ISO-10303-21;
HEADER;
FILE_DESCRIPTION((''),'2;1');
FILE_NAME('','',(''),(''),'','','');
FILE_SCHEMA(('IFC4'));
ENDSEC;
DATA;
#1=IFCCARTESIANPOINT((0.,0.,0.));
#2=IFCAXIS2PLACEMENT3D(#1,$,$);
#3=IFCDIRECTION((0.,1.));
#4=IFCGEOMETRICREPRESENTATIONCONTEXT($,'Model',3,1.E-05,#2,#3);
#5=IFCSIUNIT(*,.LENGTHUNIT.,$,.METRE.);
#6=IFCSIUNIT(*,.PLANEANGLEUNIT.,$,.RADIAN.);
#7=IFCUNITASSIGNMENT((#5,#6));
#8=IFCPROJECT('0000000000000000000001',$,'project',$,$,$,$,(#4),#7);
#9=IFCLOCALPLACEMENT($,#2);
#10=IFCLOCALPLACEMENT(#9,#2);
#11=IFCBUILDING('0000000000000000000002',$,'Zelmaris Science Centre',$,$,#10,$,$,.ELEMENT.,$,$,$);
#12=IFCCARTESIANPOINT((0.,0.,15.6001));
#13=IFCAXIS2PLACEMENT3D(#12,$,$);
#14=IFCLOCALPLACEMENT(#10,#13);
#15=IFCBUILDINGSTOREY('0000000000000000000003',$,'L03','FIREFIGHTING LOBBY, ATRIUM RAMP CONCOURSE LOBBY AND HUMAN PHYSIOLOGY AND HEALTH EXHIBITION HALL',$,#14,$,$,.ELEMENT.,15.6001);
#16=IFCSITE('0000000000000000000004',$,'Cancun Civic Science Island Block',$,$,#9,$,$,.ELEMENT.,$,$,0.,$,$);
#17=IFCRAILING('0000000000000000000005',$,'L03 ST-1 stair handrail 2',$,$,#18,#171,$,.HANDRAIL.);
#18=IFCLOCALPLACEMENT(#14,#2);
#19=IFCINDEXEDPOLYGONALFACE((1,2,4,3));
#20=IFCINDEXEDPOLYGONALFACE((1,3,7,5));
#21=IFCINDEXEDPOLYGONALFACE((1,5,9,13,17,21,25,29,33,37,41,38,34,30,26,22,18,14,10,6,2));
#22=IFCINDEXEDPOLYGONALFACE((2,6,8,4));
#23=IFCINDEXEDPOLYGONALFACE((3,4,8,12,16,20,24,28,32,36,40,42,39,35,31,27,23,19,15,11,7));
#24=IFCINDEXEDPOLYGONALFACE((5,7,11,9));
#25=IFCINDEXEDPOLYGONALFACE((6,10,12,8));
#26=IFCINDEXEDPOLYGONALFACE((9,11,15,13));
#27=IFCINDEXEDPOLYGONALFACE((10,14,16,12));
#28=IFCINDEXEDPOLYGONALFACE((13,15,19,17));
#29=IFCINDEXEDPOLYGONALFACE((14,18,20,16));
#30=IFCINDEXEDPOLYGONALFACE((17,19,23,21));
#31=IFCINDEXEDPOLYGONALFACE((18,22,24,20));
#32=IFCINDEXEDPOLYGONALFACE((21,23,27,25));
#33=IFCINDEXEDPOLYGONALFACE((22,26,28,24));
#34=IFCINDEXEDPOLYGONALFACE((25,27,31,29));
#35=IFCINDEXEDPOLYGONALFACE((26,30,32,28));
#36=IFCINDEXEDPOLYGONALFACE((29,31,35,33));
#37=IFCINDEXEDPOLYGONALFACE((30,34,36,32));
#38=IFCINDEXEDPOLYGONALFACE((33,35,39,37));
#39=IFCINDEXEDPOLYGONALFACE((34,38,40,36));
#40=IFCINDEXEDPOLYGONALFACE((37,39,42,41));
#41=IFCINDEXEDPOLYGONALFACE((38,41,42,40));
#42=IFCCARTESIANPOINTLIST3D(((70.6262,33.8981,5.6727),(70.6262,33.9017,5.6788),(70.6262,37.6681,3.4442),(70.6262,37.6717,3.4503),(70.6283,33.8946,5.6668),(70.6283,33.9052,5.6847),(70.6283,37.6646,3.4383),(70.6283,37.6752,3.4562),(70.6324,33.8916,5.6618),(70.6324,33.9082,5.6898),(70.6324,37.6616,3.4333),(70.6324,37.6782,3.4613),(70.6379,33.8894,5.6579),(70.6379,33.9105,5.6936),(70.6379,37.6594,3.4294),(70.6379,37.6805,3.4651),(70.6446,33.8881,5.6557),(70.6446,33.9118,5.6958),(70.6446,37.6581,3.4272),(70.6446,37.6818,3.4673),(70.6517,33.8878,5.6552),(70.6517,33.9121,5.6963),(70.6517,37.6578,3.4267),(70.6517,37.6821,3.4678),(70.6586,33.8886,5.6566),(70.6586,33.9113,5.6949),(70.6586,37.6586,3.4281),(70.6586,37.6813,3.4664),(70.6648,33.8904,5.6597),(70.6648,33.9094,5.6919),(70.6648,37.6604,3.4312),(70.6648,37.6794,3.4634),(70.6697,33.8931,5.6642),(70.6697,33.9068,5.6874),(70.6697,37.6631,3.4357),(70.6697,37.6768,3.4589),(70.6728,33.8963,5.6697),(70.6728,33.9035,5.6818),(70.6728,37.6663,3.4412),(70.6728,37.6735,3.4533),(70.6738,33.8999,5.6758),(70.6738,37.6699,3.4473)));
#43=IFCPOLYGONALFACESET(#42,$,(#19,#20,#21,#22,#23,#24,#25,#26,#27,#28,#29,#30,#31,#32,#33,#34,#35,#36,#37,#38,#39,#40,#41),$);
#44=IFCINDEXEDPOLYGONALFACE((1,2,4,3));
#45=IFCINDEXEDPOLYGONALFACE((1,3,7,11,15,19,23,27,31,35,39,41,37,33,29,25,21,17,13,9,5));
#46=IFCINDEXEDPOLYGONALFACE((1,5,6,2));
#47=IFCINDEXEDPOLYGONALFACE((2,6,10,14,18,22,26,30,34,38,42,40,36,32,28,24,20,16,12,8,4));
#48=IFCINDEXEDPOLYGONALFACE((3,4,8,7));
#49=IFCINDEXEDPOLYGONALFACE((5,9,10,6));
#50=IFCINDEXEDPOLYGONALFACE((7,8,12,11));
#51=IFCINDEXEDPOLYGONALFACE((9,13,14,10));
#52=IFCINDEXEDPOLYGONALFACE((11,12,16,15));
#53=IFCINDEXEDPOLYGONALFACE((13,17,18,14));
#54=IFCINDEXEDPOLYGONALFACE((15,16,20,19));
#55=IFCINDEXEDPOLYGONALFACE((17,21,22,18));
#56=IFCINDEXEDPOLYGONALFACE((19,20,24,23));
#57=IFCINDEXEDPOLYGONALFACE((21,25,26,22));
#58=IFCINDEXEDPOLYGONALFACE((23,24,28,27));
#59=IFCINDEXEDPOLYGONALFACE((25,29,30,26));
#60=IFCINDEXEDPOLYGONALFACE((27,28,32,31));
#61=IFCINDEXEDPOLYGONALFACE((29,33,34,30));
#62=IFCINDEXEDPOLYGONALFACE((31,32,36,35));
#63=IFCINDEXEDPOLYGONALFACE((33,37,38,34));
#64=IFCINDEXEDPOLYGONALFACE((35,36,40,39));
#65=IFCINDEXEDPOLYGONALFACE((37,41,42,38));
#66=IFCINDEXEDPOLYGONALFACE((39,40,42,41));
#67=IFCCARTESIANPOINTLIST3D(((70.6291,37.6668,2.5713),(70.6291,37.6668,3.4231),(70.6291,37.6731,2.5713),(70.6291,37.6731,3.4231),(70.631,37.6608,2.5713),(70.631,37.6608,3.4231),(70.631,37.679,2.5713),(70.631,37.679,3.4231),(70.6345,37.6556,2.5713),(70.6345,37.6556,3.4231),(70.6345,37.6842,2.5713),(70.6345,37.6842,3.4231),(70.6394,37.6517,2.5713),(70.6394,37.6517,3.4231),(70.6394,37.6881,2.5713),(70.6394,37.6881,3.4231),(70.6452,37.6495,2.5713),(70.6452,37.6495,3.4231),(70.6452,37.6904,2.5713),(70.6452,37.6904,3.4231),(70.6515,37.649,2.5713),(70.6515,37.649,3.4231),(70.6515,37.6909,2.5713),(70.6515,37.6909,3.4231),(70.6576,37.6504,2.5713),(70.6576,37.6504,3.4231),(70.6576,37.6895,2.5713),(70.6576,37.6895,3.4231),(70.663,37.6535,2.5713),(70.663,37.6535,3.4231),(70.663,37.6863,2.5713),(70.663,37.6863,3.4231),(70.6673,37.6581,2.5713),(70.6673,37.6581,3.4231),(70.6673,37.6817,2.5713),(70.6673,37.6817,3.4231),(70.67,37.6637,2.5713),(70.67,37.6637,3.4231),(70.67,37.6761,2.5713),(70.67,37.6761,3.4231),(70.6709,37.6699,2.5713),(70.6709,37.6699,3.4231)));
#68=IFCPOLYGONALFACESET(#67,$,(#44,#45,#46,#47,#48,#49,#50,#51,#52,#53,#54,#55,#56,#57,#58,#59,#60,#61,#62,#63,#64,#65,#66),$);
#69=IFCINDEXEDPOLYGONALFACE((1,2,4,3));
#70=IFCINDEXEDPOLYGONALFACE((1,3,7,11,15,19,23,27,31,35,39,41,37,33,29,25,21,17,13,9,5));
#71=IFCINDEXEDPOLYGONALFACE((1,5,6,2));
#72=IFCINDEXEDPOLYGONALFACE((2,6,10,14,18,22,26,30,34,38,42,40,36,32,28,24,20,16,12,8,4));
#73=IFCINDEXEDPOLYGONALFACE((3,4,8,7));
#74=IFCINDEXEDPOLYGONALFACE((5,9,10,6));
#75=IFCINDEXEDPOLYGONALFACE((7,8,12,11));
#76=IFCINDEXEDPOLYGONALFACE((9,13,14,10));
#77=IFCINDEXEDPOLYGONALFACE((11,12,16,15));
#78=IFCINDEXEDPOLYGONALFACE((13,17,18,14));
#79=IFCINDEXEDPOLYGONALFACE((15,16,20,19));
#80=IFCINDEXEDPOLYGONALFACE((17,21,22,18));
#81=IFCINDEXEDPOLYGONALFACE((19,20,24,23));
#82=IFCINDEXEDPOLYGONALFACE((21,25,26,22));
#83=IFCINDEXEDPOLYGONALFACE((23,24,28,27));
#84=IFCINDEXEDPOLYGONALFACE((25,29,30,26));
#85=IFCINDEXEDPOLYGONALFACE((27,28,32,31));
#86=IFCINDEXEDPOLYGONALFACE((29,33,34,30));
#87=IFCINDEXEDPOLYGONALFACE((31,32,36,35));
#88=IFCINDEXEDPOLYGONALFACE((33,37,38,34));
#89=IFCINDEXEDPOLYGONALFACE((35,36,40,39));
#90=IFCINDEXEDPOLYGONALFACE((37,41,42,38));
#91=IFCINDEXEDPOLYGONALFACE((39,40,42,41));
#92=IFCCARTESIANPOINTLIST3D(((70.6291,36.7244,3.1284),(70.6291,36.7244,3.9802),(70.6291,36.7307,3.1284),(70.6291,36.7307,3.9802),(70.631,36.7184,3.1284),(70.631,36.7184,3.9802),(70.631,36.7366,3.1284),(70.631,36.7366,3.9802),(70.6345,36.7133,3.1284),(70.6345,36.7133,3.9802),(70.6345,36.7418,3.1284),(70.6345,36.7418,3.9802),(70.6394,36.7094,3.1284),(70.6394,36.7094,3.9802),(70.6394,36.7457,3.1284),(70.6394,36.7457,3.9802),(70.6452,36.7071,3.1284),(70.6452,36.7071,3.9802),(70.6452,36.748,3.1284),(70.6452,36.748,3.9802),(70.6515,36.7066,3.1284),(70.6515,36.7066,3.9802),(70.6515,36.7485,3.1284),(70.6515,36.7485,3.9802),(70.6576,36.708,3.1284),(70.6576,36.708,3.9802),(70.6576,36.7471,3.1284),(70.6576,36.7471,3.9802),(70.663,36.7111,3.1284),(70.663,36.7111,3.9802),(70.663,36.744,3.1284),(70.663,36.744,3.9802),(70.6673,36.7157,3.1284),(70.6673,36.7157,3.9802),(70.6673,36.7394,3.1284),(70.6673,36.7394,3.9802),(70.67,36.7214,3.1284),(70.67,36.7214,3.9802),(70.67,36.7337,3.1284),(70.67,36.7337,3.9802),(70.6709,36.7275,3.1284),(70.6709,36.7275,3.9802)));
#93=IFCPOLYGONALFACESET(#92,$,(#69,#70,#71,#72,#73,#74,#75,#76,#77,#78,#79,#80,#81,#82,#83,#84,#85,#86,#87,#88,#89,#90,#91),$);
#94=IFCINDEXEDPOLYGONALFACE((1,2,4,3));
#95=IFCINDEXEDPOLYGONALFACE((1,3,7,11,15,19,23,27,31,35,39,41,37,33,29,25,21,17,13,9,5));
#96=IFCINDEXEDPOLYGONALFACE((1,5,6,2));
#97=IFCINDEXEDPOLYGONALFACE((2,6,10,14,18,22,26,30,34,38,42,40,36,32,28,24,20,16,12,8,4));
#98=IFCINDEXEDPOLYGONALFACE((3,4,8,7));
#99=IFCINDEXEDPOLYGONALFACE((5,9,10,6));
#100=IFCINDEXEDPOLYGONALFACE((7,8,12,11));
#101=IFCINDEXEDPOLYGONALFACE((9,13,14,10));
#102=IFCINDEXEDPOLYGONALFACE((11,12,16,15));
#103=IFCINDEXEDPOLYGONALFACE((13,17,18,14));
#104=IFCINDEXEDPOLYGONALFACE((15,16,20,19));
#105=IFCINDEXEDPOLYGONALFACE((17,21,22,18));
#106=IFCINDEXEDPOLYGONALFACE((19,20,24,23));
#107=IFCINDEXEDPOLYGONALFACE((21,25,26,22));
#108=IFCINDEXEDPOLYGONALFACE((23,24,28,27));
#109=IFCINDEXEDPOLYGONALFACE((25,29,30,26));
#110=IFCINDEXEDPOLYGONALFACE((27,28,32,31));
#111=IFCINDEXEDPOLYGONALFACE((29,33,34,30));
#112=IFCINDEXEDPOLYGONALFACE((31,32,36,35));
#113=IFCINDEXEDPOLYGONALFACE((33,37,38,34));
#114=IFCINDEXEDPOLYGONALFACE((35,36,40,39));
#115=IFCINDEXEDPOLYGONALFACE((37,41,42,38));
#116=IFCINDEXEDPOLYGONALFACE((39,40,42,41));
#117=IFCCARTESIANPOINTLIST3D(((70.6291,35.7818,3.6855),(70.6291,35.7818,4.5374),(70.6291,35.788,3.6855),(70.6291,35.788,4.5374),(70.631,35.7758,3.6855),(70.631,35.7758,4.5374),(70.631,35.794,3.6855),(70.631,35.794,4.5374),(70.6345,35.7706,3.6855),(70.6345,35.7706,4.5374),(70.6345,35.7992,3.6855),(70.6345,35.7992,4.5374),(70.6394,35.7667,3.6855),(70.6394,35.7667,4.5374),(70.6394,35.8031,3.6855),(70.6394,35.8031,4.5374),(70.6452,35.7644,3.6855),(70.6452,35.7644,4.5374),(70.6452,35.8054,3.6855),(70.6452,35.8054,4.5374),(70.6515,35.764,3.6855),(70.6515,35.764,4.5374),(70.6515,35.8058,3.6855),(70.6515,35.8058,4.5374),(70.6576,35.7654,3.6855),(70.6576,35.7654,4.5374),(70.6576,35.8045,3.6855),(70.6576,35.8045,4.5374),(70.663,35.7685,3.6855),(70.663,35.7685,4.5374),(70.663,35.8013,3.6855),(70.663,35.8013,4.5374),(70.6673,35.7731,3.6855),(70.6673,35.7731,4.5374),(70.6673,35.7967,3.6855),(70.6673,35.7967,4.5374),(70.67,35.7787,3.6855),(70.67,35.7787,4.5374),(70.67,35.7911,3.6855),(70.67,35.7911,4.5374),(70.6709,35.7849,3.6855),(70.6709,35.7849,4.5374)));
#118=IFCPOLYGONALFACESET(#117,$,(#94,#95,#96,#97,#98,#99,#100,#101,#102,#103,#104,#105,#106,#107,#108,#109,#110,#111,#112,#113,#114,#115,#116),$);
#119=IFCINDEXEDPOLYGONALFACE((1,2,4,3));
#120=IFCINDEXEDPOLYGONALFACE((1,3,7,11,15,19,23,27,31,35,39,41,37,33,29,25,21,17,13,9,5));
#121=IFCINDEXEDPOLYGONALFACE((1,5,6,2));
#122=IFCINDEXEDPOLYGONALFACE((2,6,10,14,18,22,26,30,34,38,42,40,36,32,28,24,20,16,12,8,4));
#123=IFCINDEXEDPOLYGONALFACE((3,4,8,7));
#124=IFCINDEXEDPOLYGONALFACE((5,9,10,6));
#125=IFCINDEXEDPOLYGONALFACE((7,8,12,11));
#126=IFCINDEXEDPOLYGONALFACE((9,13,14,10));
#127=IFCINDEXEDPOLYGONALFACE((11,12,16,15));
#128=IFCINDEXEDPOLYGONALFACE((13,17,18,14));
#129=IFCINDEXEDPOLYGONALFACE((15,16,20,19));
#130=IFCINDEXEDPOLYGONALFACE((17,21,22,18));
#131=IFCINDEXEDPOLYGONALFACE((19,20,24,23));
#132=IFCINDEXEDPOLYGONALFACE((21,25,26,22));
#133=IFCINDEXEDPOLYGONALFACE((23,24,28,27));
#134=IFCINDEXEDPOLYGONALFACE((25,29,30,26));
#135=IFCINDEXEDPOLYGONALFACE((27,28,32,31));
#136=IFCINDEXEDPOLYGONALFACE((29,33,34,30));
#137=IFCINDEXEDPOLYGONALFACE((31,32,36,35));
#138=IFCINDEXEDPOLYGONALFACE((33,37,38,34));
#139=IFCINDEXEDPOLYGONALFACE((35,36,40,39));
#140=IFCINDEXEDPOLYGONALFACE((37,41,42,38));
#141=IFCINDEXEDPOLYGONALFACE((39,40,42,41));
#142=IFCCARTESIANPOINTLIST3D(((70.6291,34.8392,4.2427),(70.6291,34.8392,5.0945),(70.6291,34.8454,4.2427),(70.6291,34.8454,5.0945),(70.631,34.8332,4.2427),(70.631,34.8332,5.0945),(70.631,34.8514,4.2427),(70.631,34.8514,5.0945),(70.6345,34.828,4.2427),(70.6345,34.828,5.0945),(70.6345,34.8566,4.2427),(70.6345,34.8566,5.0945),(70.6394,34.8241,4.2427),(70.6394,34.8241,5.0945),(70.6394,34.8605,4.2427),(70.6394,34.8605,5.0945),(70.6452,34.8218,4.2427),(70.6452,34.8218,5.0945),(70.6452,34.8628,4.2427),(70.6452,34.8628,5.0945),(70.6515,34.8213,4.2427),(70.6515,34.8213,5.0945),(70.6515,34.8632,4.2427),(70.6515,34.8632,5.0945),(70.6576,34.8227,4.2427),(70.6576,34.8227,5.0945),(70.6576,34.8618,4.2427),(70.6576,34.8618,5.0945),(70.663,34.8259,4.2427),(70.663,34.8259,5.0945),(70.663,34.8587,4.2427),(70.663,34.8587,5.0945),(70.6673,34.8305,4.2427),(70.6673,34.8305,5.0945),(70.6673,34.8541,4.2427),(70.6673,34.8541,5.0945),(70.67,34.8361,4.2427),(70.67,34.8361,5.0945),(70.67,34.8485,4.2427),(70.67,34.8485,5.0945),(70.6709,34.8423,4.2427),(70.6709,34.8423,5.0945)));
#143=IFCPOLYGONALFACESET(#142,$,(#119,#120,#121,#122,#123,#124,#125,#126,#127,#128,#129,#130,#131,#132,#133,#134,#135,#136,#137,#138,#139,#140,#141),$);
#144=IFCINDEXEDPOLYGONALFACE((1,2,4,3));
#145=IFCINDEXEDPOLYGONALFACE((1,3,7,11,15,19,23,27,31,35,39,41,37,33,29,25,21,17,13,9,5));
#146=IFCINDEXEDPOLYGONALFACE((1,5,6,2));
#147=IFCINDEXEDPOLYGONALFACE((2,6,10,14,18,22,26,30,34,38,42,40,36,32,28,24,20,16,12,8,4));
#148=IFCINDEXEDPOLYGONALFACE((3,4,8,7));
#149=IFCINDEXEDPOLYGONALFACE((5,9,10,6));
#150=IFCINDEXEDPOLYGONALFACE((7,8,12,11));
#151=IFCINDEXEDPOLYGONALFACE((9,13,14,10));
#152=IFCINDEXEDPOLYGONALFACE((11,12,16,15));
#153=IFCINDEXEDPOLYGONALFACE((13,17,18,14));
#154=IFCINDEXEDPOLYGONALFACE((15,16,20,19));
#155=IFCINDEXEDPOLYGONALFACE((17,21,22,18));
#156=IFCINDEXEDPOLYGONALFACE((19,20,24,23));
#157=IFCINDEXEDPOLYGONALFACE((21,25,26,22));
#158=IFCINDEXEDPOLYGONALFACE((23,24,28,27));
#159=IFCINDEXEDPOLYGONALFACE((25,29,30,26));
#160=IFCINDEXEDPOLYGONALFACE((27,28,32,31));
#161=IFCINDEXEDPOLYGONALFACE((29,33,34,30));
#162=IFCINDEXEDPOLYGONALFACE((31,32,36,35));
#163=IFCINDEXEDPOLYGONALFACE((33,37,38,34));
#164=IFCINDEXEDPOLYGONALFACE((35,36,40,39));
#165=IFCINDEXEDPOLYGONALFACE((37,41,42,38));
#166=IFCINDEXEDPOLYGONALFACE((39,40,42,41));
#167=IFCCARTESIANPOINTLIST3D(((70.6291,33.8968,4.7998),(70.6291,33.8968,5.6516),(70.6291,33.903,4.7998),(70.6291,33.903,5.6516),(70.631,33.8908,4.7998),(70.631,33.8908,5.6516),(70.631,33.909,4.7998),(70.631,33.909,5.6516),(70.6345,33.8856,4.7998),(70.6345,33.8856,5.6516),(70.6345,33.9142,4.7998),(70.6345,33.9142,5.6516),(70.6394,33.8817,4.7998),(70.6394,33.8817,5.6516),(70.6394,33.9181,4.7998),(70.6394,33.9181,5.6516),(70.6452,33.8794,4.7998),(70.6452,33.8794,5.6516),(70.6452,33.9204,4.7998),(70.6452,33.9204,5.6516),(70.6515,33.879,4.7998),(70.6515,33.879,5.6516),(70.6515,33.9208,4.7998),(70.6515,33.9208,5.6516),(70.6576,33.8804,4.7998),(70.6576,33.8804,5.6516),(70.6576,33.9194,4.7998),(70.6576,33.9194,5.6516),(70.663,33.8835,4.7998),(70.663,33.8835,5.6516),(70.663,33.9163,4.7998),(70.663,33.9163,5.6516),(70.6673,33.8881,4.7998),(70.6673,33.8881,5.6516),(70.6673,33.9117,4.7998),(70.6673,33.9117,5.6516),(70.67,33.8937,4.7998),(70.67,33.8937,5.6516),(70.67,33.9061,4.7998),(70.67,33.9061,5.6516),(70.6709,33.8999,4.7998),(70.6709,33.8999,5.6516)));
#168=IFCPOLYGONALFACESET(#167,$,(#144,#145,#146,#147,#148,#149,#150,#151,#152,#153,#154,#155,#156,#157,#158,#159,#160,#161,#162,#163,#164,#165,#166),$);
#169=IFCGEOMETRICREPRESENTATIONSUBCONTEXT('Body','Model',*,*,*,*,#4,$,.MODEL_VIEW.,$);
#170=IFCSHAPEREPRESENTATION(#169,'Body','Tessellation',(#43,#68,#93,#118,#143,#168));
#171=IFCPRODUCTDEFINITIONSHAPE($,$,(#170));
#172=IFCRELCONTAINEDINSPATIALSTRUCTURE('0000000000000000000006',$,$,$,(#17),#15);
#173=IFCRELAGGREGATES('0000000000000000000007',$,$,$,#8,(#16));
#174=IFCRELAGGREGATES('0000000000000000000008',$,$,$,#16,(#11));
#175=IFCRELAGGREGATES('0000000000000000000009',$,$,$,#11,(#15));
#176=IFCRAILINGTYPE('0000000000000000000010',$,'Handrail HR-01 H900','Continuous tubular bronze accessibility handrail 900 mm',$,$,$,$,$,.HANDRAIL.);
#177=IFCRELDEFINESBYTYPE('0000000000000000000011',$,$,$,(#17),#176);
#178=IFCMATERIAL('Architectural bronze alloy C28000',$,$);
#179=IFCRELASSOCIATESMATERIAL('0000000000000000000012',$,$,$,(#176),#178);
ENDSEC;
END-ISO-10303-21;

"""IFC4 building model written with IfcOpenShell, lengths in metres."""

from ifc_helpers import new_model, si_unit, direction, frame, origin, origin_2d, place, context, subcontext, project, spatial, circle, extrude, material, type_object, element, save


model = new_model("IFC4")

# Units and contexts
model_context = context("Model", 3, precision=1e-05, world=origin(), true_north=direction((0.0, 1.0)))
body_context = subcontext(model_context, "Body", "Model", "MODEL_VIEW")
ifc_project = project(units=[si_unit("LENGTHUNIT", "METRE"), si_unit("PLANEANGLEUNIT", "RADIAN")], contexts=[model_context])

# Site, building, storey
site_placement = place(None, origin())
site = spatial("IfcSite", under=ifc_project, at=site_placement, Name="Cancun Civic Science Island Block", CompositionType="ELEMENT", RefElevation=0.0)
building_placement = place(site_placement, origin())
building = spatial("IfcBuilding", under=site, at=building_placement, Name="Zelmaris Science Centre", CompositionType="ELEMENT")
storey_placement = place(building_placement, frame((0.0, 0.0, 15.6001)))
storey = spatial("IfcBuildingStorey", under=building, at=storey_placement, Name="L03", Description="FIREFIGHTING LOBBY, ATRIUM RAMP CONCOURSE LOBBY AND HUMAN PHYSIOLOGY AND HEALTH EXHIBITION HALL", CompositionType="ELEMENT", Elevation=15.6001)

# Railing
ifc_material_1 = material(Name="Architectural bronze alloy C28000")
railing_type = type_object("IfcRailingType", Name="Handrail HR-01 H900", Description="Continuous tubular bronze accessibility handrail 900 mm", PredefinedType="HANDRAIL", material=ifc_material_1)
railing_placement = place(storey_placement, frame((70.6499, 37.6699, 2.5713)))
element("IfcRailing", 1, at=railing_placement, inside=storey, type_object=railing_type, Name="L03 ST-1 stair handrail 2", PredefinedType="HANDRAIL", context=body_context, shape_type="SweptSolid", body=[
    extrude(circle(Radius=0.0239, at=origin_2d()), frame((0.0, 0.0, 0.876), z_axis=(0.0, -0.860849, 0.508861), x_axis=(1.0, 0.0, 0.0)), (0.0, 0.0, 1.0), 4.3794),
    extrude(circle(Radius=0.021, at=origin_2d()), origin(), (0.0, 0.0, 1.0), 0.8518),
    extrude(circle(Radius=0.021, at=origin_2d()), frame((0.0, -0.9424, 0.5571)), (0.0, 0.0, 1.0), 0.8518),
    extrude(circle(Radius=0.021, at=origin_2d()), frame((0.0, -1.885, 1.1143)), (0.0, 0.0, 1.0), 0.8518),
    extrude(circle(Radius=0.021, at=origin_2d()), frame((0.0, -2.8276, 1.6714)), (0.0, 0.0, 1.0), 0.8518),
    extrude(circle(Radius=0.021, at=origin_2d()), frame((0.0, -3.77, 2.2285)), (0.0, 0.0, 1.0), 0.8518),
])

save(model, "model.ifc")
